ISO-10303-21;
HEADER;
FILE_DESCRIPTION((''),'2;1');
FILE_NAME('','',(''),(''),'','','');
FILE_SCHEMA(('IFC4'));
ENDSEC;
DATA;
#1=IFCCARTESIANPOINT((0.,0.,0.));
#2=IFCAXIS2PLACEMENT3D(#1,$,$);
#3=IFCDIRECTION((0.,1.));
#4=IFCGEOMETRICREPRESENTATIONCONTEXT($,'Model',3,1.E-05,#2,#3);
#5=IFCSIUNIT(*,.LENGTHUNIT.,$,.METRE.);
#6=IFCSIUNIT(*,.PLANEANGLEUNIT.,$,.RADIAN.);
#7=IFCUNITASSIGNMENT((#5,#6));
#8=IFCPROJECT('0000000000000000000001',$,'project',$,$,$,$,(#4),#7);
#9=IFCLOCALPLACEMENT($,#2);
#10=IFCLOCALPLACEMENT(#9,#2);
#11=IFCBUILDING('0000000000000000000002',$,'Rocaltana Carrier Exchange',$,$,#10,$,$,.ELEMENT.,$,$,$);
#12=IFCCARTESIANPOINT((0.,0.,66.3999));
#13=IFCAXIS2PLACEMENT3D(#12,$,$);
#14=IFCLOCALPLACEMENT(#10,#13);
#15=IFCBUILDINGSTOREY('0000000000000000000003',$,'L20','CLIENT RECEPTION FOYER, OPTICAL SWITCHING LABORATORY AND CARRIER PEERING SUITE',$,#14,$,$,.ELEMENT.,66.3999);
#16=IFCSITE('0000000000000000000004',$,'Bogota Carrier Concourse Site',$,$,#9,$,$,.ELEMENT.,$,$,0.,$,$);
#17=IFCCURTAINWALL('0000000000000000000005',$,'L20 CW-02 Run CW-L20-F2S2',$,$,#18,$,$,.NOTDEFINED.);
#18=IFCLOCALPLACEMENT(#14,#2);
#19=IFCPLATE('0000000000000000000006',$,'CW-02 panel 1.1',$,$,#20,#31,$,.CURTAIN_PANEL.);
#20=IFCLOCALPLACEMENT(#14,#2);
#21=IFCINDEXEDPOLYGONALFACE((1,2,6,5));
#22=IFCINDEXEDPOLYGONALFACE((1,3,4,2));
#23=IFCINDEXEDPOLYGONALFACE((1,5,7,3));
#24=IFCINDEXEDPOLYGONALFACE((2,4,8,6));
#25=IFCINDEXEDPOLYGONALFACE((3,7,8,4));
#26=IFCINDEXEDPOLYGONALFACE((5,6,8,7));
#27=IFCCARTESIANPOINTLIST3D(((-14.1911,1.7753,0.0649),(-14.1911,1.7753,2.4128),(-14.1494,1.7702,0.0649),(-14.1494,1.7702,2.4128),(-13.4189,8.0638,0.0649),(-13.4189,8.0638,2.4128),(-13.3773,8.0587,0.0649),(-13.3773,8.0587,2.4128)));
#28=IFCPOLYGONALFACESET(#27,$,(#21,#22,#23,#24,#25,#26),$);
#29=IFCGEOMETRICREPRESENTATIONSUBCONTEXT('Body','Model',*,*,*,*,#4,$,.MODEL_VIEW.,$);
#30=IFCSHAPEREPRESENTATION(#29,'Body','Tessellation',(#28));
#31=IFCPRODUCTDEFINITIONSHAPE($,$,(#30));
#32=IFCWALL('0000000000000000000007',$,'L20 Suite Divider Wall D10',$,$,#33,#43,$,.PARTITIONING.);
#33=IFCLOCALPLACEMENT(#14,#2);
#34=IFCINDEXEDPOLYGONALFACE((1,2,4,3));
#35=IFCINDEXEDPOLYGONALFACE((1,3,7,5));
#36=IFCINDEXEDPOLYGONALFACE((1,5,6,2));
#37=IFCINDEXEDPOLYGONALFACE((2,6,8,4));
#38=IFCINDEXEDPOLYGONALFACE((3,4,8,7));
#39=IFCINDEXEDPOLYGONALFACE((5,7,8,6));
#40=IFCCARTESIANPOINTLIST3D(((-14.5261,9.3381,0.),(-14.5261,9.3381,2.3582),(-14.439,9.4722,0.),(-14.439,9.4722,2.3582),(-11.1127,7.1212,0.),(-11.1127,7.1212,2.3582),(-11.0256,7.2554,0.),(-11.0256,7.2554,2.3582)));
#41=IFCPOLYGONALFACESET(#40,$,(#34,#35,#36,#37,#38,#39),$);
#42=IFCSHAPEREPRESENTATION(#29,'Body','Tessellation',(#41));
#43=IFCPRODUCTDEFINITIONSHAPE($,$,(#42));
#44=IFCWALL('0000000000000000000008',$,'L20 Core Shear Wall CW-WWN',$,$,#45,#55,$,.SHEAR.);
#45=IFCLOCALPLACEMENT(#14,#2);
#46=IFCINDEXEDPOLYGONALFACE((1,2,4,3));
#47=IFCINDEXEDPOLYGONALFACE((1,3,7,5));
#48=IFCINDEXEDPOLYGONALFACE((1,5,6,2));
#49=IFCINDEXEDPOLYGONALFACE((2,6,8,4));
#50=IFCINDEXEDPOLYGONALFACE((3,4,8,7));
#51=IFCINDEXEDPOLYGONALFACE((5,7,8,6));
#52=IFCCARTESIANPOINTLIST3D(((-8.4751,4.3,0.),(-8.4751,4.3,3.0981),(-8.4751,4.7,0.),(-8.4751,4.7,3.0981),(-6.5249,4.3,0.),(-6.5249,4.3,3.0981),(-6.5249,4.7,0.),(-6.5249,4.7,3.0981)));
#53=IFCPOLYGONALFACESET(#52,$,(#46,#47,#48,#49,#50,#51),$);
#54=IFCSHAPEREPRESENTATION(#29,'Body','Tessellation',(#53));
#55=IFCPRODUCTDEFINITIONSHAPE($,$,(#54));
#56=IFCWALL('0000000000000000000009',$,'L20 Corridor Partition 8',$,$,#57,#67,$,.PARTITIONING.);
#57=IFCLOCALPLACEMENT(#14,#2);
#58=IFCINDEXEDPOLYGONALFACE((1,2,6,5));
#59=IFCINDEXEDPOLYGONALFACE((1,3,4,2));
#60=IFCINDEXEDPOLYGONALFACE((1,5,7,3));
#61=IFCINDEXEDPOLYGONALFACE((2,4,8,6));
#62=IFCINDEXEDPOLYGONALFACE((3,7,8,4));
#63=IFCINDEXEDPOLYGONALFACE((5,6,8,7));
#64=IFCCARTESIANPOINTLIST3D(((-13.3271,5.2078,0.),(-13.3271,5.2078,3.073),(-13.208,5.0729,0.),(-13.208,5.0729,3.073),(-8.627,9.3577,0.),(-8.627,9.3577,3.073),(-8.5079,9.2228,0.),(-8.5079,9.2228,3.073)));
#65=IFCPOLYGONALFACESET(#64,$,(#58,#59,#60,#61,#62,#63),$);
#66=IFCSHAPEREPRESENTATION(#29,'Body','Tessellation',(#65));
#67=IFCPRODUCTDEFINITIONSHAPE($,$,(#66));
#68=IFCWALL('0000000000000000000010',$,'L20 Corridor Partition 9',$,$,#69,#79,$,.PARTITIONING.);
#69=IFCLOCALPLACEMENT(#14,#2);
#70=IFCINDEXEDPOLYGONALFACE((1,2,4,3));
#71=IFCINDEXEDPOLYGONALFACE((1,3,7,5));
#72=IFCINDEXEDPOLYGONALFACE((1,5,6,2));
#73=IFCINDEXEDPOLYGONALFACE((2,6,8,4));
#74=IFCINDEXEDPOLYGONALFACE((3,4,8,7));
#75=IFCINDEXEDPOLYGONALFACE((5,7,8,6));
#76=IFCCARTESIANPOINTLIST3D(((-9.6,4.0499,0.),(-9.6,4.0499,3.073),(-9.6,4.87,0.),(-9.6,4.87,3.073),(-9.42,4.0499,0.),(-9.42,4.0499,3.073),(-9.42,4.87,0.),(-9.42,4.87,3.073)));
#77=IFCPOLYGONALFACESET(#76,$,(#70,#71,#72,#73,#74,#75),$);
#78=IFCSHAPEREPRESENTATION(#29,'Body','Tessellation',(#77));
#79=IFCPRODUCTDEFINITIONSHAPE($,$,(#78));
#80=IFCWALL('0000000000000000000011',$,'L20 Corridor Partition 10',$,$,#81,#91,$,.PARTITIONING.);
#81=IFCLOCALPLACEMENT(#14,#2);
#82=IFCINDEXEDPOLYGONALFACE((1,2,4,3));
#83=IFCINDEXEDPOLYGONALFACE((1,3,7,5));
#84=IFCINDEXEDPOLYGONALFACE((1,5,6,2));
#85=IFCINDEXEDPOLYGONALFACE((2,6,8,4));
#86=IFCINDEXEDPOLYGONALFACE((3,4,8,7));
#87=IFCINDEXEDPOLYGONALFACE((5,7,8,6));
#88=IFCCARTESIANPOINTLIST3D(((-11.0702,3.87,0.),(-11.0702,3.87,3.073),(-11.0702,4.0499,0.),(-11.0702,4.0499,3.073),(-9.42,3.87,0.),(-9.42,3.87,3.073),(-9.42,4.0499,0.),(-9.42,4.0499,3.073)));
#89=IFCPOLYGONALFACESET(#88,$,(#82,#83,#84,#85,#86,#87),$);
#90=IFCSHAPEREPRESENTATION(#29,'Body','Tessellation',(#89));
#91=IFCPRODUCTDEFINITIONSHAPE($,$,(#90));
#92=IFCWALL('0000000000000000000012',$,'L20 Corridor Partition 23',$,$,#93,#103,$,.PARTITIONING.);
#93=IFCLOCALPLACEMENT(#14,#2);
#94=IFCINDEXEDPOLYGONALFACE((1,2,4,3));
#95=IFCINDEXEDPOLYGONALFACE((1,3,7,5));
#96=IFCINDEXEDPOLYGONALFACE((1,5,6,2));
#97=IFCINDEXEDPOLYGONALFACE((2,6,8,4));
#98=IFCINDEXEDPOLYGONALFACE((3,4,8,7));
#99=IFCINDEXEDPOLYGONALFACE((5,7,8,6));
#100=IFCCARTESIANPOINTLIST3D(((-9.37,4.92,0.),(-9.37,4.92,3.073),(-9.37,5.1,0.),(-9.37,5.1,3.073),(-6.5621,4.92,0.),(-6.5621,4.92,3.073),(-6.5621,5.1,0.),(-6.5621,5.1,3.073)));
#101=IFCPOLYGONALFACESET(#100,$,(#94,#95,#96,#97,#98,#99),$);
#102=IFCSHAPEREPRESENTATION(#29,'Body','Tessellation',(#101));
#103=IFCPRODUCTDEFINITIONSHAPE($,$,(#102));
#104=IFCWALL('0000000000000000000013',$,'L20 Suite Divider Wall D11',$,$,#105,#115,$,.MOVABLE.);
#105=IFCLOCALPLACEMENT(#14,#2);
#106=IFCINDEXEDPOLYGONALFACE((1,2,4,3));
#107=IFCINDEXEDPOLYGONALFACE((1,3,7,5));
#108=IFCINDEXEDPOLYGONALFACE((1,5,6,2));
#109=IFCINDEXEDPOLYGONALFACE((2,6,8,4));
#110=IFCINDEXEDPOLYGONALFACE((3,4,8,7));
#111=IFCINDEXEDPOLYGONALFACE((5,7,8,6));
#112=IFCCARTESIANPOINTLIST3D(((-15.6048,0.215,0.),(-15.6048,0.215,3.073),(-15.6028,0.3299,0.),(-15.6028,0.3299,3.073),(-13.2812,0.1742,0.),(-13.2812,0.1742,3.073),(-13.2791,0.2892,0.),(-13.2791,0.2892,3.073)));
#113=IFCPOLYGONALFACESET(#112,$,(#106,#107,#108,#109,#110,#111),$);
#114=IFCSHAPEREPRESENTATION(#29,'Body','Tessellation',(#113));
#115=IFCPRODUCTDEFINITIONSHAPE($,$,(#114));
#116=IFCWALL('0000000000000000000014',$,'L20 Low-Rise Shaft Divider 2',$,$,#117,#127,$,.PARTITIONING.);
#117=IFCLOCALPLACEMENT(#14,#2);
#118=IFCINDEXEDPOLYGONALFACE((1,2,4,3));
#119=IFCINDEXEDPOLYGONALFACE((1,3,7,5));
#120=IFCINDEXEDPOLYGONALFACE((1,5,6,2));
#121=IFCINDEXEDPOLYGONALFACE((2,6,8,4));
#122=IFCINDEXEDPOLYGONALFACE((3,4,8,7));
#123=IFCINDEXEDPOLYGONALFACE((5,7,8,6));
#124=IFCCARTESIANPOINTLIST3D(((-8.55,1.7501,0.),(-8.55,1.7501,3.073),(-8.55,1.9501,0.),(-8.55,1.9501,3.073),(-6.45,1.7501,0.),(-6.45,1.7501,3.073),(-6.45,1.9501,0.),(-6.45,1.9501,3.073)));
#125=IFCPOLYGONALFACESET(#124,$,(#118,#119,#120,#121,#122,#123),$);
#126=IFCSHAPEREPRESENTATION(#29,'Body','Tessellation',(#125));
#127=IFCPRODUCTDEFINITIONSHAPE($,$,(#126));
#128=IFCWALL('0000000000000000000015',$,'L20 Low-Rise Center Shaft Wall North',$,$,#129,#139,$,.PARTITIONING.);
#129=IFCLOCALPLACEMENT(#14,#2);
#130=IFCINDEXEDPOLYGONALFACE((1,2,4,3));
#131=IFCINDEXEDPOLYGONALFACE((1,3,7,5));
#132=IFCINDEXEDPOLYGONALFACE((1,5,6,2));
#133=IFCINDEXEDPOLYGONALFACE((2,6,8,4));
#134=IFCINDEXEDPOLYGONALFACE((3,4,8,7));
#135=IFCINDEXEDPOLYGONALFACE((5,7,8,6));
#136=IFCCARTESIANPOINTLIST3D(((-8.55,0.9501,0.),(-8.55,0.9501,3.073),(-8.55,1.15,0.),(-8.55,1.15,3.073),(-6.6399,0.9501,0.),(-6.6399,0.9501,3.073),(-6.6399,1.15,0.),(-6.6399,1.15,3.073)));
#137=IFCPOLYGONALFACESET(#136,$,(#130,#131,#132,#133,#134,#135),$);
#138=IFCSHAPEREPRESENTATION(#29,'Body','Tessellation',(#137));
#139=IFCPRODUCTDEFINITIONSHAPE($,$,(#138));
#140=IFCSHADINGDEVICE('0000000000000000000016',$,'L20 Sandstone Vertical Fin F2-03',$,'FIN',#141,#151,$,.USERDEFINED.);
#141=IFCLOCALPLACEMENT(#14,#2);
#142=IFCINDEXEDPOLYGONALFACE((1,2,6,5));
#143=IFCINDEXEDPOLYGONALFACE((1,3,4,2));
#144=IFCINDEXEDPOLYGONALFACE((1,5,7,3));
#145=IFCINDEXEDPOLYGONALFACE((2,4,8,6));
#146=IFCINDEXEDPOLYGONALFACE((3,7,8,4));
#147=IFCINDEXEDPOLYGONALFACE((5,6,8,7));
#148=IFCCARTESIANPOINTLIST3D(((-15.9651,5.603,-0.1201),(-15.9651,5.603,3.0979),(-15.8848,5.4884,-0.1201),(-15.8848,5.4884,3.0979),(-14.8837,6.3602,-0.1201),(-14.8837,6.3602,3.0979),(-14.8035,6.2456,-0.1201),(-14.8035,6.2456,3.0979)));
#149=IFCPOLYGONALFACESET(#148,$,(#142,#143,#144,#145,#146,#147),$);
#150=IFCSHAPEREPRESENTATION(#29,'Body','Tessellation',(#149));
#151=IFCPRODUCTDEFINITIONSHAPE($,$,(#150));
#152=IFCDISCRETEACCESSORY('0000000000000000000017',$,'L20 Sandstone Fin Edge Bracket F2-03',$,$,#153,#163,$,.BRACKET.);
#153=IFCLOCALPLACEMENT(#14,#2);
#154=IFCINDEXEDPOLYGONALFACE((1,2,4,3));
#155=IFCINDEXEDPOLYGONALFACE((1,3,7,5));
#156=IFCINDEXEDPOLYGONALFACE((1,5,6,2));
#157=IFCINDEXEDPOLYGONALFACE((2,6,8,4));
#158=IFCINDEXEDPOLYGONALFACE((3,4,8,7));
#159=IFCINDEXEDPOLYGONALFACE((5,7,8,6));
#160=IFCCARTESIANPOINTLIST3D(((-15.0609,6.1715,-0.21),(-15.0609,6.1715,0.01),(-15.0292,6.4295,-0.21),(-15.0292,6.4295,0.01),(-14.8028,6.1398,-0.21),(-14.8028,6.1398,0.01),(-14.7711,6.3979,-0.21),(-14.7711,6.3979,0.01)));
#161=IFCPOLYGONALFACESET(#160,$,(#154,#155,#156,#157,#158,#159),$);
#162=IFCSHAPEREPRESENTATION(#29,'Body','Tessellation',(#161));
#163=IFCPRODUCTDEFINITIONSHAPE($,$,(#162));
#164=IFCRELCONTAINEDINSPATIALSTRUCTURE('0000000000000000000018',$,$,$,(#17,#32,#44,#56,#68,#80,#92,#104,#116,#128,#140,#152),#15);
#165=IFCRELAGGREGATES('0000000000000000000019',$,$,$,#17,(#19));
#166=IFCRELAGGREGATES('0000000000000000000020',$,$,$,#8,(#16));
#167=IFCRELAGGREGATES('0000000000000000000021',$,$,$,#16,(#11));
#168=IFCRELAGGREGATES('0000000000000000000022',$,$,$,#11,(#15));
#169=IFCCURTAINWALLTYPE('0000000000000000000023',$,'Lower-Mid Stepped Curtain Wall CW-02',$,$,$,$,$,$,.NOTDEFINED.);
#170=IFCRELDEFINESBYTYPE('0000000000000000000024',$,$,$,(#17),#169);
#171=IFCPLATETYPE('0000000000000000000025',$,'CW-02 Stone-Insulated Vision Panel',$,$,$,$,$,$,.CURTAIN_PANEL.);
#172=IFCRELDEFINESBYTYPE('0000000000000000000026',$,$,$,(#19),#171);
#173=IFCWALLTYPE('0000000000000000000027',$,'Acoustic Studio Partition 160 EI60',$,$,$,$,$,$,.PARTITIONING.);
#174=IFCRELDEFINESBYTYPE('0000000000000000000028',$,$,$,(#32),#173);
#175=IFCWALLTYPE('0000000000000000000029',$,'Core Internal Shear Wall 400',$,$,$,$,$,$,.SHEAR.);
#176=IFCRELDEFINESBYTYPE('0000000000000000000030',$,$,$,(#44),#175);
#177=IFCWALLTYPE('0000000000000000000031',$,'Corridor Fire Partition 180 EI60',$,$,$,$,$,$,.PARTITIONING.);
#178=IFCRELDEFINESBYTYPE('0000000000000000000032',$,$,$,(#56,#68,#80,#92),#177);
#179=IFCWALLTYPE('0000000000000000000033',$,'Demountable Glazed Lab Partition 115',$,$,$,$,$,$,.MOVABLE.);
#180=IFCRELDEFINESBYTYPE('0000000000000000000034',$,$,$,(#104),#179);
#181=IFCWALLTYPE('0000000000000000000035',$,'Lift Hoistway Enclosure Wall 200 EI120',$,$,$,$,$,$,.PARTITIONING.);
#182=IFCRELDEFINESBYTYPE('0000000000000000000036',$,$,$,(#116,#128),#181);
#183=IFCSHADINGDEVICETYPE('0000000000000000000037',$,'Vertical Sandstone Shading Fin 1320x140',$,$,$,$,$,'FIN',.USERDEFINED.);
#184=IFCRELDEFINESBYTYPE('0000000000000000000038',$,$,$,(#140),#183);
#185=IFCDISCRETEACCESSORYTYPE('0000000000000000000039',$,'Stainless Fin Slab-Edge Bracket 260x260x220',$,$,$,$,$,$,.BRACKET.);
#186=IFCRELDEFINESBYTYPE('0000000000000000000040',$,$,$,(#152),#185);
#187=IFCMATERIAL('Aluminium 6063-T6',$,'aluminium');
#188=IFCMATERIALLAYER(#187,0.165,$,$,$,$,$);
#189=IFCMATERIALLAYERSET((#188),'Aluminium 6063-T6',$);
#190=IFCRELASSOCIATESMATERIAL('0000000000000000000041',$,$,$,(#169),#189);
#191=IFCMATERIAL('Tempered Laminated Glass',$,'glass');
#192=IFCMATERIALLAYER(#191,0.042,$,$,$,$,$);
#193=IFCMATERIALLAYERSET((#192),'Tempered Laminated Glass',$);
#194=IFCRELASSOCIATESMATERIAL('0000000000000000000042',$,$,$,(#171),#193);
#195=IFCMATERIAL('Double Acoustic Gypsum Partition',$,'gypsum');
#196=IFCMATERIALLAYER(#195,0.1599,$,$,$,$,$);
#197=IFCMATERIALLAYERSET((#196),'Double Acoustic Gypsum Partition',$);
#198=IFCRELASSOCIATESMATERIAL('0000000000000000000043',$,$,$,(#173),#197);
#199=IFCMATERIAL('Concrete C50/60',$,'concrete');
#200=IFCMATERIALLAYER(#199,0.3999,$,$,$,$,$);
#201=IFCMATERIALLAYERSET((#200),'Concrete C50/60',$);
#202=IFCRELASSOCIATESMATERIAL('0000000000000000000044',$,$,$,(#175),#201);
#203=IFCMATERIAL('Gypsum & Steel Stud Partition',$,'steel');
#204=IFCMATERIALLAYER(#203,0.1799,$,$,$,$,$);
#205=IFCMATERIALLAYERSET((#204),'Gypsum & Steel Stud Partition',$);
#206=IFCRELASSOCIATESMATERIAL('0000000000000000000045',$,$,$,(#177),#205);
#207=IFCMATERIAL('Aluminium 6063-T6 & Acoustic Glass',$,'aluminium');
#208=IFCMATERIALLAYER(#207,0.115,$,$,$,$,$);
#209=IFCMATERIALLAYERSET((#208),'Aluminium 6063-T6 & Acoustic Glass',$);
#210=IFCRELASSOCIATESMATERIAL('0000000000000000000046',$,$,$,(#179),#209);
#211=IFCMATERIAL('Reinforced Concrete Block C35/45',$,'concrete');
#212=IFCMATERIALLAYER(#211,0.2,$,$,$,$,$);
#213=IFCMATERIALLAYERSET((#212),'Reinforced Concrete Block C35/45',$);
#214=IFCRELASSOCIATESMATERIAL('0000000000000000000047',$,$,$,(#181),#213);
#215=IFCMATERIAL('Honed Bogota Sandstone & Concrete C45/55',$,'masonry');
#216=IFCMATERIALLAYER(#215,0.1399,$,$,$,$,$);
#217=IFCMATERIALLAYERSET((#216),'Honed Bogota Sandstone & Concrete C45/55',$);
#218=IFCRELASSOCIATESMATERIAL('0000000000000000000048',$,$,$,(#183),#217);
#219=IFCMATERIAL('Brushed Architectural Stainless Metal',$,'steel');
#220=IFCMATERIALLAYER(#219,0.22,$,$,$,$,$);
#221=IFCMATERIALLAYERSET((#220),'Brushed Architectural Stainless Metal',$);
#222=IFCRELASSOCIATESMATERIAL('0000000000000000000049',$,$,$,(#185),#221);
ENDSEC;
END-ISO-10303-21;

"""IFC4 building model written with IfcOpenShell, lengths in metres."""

from ifc_helpers import new_model, si_unit, direction, frame, frame_2d, origin, origin_2d, place, context, subcontext, project, spatial, rectangle, extrude, material, layer, layer_set, type_object, element, aggregate, save


model = new_model("IFC4")

# Units and contexts
model_context = context("Model", 3, precision=1e-05, world=origin(), true_north=direction((0.0, 1.0)))
body_context = subcontext(model_context, "Body", "Model", "MODEL_VIEW")
ifc_project = project(units=[si_unit("LENGTHUNIT", "METRE"), si_unit("PLANEANGLEUNIT", "RADIAN")], contexts=[model_context])

# Site, building, storey
site_placement = place(None, origin())
site = spatial("IfcSite", under=ifc_project, at=site_placement, Name="Bogota Carrier Concourse Site", CompositionType="ELEMENT", RefElevation=0.0)
building_placement = place(site_placement, origin())
building = spatial("IfcBuilding", under=site, at=building_placement, Name="Rocaltana Carrier Exchange", CompositionType="ELEMENT")
storey_placement = place(building_placement, frame((0.0, 0.0, 66.3999)))
storey = spatial("IfcBuildingStorey", under=building, at=storey_placement, Name="L20", Description="CLIENT RECEPTION FOYER, OPTICAL SWITCHING LABORATORY AND CARRIER PEERING SUITE", CompositionType="ELEMENT", Elevation=66.3999)

# Curtain wall
ifc_material_1 = material(Name="Aluminium 6063-T6", Category="aluminium")
ifc_layer_1 = layer(ifc_material_1, 0.165)
ifc_layer_set_1 = layer_set([ifc_layer_1], Name="Aluminium 6063-T6")
curtain_wall_type = type_object("IfcCurtainWallType", Name="Lower-Mid Stepped Curtain Wall CW-02", PredefinedType="NOTDEFINED", material=ifc_layer_set_1)
curtain_wall_placement = place(storey_placement, origin())
curtain_wall = element("IfcCurtainWall", 1, at=curtain_wall_placement, inside=storey, type_object=curtain_wall_type, Name="L20 CW-02 Run CW-L20-F2S2", PredefinedType="NOTDEFINED")

# Plate
ifc_material_2 = material(Name="Tempered Laminated Glass", Category="glass")
ifc_layer_2 = layer(ifc_material_2, 0.042)
ifc_layer_set_2 = layer_set([ifc_layer_2], Name="Tempered Laminated Glass")
plate_type = type_object("IfcPlateType", Name="CW-02 Stone-Insulated Vision Panel", PredefinedType="CURTAIN_PANEL", material=ifc_layer_set_2)
plate_placement = place(storey_placement, frame((-13.7842, 4.917, 0.0649), z_axis=(0.0, 0.0, 1.0), x_axis=(-0.121874, -0.992546, 0.0)))
plate = element("IfcPlate", 2, at=plate_placement, type_object=plate_type, Name="CW-02 panel 1.1", PredefinedType="CURTAIN_PANEL", context=body_context, shape_type="SweptSolid", body=[
    extrude(rectangle(XDim=6.3357, YDim=0.042, at=origin_2d()), origin(), (0.0, 0.0, 1.0), 2.3479),
])
aggregate(curtain_wall, [plate])

# Walls
ifc_material_3 = material(Name="Double Acoustic Gypsum Partition", Category="gypsum")
ifc_layer_3 = layer(ifc_material_3, 0.1599)
ifc_layer_set_3 = layer_set([ifc_layer_3], Name="Double Acoustic Gypsum Partition")
wall_type_1 = type_object("IfcWallType", Name="Acoustic Studio Partition 160 EI60", PredefinedType="PARTITIONING", material=ifc_layer_set_3)
wall_1_placement = place(storey_placement, frame((-11.0691, 7.1882, 0.0), z_axis=(0.0, 0.0, 1.0), x_axis=(-0.838653, 0.544666, 0.0)))
element("IfcWall", 3, at=wall_1_placement, inside=storey, type_object=wall_type_1, Name="L20 Suite Divider Wall D10", PredefinedType="PARTITIONING", context=body_context, shape_type="SweptSolid", body=[
    extrude(rectangle(XDim=4.0701, YDim=0.1599, at=frame_2d((2.0352, 0.0))), origin(), (0.0, 0.0, 1.0), 2.3582),
])
ifc_material_4 = material(Name="Concrete C50/60", Category="concrete")
ifc_layer_4 = layer(ifc_material_4, 0.3999)
ifc_layer_set_4 = layer_set([ifc_layer_4], Name="Concrete C50/60")
wall_type_2 = type_object("IfcWallType", Name="Core Internal Shear Wall 400", PredefinedType="SHEAR", material=ifc_layer_set_4)
wall_2_placement = place(storey_placement, frame((-8.4751, 4.5, 0.0), z_axis=(0.0, 0.0, 1.0), x_axis=(1.0, 0.0, 0.0)))
element("IfcWall", 4, at=wall_2_placement, inside=storey, type_object=wall_type_2, Name="L20 Core Shear Wall CW-WWN", PredefinedType="SHEAR", context=body_context, shape_type="SweptSolid", body=[
    extrude(rectangle(XDim=1.9502, YDim=0.3999, at=frame_2d((0.9751, 0.0))), origin(), (0.0, 0.0, 1.0), 3.0981),
])
ifc_material_5 = material(Name="Gypsum & Steel Stud Partition", Category="steel")
ifc_layer_5 = layer(ifc_material_5, 0.1799)
ifc_layer_set_5 = layer_set([ifc_layer_5], Name="Gypsum & Steel Stud Partition")
wall_type_3 = type_object("IfcWallType", Name="Corridor Fire Partition 180 EI60", PredefinedType="PARTITIONING", material=ifc_layer_set_5)
wall_3_placement = place(storey_placement, frame((-13.2676, 5.1404, 0.0), z_axis=(0.0, 0.0, 1.0), x_axis=(0.749626, 0.661861, 0.0)))
element("IfcWall", 5, at=wall_3_placement, inside=storey, type_object=wall_type_3, Name="L20 Corridor Partition 8", PredefinedType="PARTITIONING", context=body_context, shape_type="SweptSolid", body=[
    extrude(rectangle(XDim=6.27, YDim=0.1799, at=frame_2d((3.135, 0.0))), origin(), (0.0, 0.0, 1.0), 3.073),
])
wall_4_placement = place(storey_placement, frame((-9.51, 4.8701, 0.0), z_axis=(0.0, 0.0, 1.0), x_axis=(0.0, -1.0, 0.0)))
element("IfcWall", 6, at=wall_4_placement, inside=storey, type_object=wall_type_3, Name="L20 Corridor Partition 9", PredefinedType="PARTITIONING", context=body_context, shape_type="SweptSolid", body=[
    extrude(rectangle(XDim=0.8201, YDim=0.1799, at=frame_2d((0.4102, 0.0))), origin(), (0.0, 0.0, 1.0), 3.073),
])
wall_5_placement = place(storey_placement, frame((-9.4199, 3.96, 0.0), z_axis=(0.0, 0.0, 1.0), x_axis=(-1.0, 0.0, 0.0)))
element("IfcWall", 7, at=wall_5_placement, inside=storey, type_object=wall_type_3, Name="L20 Corridor Partition 10", PredefinedType="PARTITIONING", context=body_context, shape_type="SweptSolid", body=[
    extrude(rectangle(XDim=1.6501, YDim=0.1799, at=frame_2d((0.8252, 0.0))), origin(), (0.0, 0.0, 1.0), 3.073),
])
wall_6_placement = place(storey_placement, frame((-6.5623, 5.01, 0.0), z_axis=(0.0, 0.0, 1.0), x_axis=(-1.0, 0.0, 0.0)))
element("IfcWall", 8, at=wall_6_placement, inside=storey, type_object=wall_type_3, Name="L20 Corridor Partition 23", PredefinedType="PARTITIONING", context=body_context, shape_type="SweptSolid", body=[
    extrude(rectangle(XDim=2.8079, YDim=0.1799, at=frame_2d((1.4038, 0.0))), origin(), (0.0, 0.0, 1.0), 3.073),
])
ifc_material_6 = material(Name="Aluminium 6063-T6 & Acoustic Glass", Category="aluminium")
ifc_layer_6 = layer(ifc_material_6, 0.115)
ifc_layer_set_6 = layer_set([ifc_layer_6], Name="Aluminium 6063-T6 & Acoustic Glass")
wall_type_4 = type_object("IfcWallType", Name="Demountable Glazed Lab Partition 115", PredefinedType="MOVABLE", material=ifc_layer_set_6)
wall_7_placement = place(storey_placement, frame((-13.28, 0.2317, 0.0), z_axis=(0.0, 0.0, 1.0), x_axis=(-0.999846, 0.017543, 0.0)))
element("IfcWall", 9, at=wall_7_placement, inside=storey, type_object=wall_type_4, Name="L20 Suite Divider Wall D11", PredefinedType="MOVABLE", context=body_context, shape_type="SweptSolid", body=[
    extrude(rectangle(XDim=2.324, YDim=0.115, at=frame_2d((1.1621, 0.0))), origin(), (0.0, 0.0, 1.0), 3.073),
])
ifc_material_7 = material(Name="Reinforced Concrete Block C35/45", Category="concrete")
ifc_layer_7 = layer(ifc_material_7, 0.2)
ifc_layer_set_7 = layer_set([ifc_layer_7], Name="Reinforced Concrete Block C35/45")
wall_type_5 = type_object("IfcWallType", Name="Lift Hoistway Enclosure Wall 200 EI120", PredefinedType="PARTITIONING", material=ifc_layer_set_7)
wall_8_placement = place(storey_placement, frame((-8.55, 1.8501, 0.0), z_axis=(0.0, 0.0, 1.0), x_axis=(1.0, 0.0, 0.0)))
element("IfcWall", 10, at=wall_8_placement, inside=storey, type_object=wall_type_5, Name="L20 Low-Rise Shaft Divider 2", PredefinedType="PARTITIONING", context=body_context, shape_type="SweptSolid", body=[
    extrude(rectangle(XDim=2.1001, YDim=0.2, at=frame_2d((1.05, 0.0))), origin(), (0.0, 0.0, 1.0), 3.073),
])
wall_9_placement = place(storey_placement, frame((-8.55, 1.05, 0.0), z_axis=(0.0, 0.0, 1.0), x_axis=(1.0, 0.0, 0.0)))
element("IfcWall", 11, at=wall_9_placement, inside=storey, type_object=wall_type_5, Name="L20 Low-Rise Center Shaft Wall North", PredefinedType="PARTITIONING", context=body_context, shape_type="SweptSolid", body=[
    extrude(rectangle(XDim=1.9102, YDim=0.2, at=frame_2d((0.9551, 0.0))), origin(), (0.0, 0.0, 1.0), 3.073),
])

# Shading device
ifc_material_8 = material(Name="Honed Bogota Sandstone & Concrete C45/55", Category="masonry")
ifc_layer_8 = layer(ifc_material_8, 0.1399)
ifc_layer_set_8 = layer_set([ifc_layer_8], Name="Honed Bogota Sandstone & Concrete C45/55")
shading_device_type = type_object("IfcShadingDeviceType", Name="Vertical Sandstone Shading Fin 1320x140", ElementType="FIN", PredefinedType="USERDEFINED", material=ifc_layer_set_8)
shading_device_placement = place(storey_placement, frame((-15.3843, 5.9243, -0.1201), z_axis=(0.0, 0.0, 1.0), x_axis=(-0.819152, -0.573576, 0.0)))
element("IfcShadingDevice", 12, at=shading_device_placement, inside=storey, type_object=shading_device_type, Name="L20 Sandstone Vertical Fin F2-03", ObjectType="FIN", PredefinedType="USERDEFINED", context=body_context, shape_type="SweptSolid", body=[
    extrude(rectangle(XDim=1.3201, YDim=0.1399, at=origin_2d()), origin(), (0.0, 0.0, 1.0), 3.218),
])

# Discrete accessory
ifc_material_9 = material(Name="Brushed Architectural Stainless Metal", Category="steel")
ifc_layer_9 = layer(ifc_material_9, 0.22)
ifc_layer_set_9 = layer_set([ifc_layer_9], Name="Brushed Architectural Stainless Metal")
discrete_accessory_type = type_object("IfcDiscreteAccessoryType", Name="Stainless Fin Slab-Edge Bracket 260x260x220", PredefinedType="BRACKET", material=ifc_layer_set_9)
discrete_accessory_placement = place(storey_placement, frame((-14.916, 6.2847, -0.21), z_axis=(0.0, 0.0, 1.0), x_axis=(-0.121869, -0.992546, 0.0)))
element("IfcDiscreteAccessory", 13, at=discrete_accessory_placement, inside=storey, type_object=discrete_accessory_type, Name="L20 Sandstone Fin Edge Bracket F2-03", PredefinedType="BRACKET", context=body_context, shape_type="SweptSolid", body=[
    extrude(rectangle(XDim=0.26, YDim=0.26, at=origin_2d()), origin(), (0.0, 0.0, 1.0), 0.22),
])

save(model, "model.ifc")
